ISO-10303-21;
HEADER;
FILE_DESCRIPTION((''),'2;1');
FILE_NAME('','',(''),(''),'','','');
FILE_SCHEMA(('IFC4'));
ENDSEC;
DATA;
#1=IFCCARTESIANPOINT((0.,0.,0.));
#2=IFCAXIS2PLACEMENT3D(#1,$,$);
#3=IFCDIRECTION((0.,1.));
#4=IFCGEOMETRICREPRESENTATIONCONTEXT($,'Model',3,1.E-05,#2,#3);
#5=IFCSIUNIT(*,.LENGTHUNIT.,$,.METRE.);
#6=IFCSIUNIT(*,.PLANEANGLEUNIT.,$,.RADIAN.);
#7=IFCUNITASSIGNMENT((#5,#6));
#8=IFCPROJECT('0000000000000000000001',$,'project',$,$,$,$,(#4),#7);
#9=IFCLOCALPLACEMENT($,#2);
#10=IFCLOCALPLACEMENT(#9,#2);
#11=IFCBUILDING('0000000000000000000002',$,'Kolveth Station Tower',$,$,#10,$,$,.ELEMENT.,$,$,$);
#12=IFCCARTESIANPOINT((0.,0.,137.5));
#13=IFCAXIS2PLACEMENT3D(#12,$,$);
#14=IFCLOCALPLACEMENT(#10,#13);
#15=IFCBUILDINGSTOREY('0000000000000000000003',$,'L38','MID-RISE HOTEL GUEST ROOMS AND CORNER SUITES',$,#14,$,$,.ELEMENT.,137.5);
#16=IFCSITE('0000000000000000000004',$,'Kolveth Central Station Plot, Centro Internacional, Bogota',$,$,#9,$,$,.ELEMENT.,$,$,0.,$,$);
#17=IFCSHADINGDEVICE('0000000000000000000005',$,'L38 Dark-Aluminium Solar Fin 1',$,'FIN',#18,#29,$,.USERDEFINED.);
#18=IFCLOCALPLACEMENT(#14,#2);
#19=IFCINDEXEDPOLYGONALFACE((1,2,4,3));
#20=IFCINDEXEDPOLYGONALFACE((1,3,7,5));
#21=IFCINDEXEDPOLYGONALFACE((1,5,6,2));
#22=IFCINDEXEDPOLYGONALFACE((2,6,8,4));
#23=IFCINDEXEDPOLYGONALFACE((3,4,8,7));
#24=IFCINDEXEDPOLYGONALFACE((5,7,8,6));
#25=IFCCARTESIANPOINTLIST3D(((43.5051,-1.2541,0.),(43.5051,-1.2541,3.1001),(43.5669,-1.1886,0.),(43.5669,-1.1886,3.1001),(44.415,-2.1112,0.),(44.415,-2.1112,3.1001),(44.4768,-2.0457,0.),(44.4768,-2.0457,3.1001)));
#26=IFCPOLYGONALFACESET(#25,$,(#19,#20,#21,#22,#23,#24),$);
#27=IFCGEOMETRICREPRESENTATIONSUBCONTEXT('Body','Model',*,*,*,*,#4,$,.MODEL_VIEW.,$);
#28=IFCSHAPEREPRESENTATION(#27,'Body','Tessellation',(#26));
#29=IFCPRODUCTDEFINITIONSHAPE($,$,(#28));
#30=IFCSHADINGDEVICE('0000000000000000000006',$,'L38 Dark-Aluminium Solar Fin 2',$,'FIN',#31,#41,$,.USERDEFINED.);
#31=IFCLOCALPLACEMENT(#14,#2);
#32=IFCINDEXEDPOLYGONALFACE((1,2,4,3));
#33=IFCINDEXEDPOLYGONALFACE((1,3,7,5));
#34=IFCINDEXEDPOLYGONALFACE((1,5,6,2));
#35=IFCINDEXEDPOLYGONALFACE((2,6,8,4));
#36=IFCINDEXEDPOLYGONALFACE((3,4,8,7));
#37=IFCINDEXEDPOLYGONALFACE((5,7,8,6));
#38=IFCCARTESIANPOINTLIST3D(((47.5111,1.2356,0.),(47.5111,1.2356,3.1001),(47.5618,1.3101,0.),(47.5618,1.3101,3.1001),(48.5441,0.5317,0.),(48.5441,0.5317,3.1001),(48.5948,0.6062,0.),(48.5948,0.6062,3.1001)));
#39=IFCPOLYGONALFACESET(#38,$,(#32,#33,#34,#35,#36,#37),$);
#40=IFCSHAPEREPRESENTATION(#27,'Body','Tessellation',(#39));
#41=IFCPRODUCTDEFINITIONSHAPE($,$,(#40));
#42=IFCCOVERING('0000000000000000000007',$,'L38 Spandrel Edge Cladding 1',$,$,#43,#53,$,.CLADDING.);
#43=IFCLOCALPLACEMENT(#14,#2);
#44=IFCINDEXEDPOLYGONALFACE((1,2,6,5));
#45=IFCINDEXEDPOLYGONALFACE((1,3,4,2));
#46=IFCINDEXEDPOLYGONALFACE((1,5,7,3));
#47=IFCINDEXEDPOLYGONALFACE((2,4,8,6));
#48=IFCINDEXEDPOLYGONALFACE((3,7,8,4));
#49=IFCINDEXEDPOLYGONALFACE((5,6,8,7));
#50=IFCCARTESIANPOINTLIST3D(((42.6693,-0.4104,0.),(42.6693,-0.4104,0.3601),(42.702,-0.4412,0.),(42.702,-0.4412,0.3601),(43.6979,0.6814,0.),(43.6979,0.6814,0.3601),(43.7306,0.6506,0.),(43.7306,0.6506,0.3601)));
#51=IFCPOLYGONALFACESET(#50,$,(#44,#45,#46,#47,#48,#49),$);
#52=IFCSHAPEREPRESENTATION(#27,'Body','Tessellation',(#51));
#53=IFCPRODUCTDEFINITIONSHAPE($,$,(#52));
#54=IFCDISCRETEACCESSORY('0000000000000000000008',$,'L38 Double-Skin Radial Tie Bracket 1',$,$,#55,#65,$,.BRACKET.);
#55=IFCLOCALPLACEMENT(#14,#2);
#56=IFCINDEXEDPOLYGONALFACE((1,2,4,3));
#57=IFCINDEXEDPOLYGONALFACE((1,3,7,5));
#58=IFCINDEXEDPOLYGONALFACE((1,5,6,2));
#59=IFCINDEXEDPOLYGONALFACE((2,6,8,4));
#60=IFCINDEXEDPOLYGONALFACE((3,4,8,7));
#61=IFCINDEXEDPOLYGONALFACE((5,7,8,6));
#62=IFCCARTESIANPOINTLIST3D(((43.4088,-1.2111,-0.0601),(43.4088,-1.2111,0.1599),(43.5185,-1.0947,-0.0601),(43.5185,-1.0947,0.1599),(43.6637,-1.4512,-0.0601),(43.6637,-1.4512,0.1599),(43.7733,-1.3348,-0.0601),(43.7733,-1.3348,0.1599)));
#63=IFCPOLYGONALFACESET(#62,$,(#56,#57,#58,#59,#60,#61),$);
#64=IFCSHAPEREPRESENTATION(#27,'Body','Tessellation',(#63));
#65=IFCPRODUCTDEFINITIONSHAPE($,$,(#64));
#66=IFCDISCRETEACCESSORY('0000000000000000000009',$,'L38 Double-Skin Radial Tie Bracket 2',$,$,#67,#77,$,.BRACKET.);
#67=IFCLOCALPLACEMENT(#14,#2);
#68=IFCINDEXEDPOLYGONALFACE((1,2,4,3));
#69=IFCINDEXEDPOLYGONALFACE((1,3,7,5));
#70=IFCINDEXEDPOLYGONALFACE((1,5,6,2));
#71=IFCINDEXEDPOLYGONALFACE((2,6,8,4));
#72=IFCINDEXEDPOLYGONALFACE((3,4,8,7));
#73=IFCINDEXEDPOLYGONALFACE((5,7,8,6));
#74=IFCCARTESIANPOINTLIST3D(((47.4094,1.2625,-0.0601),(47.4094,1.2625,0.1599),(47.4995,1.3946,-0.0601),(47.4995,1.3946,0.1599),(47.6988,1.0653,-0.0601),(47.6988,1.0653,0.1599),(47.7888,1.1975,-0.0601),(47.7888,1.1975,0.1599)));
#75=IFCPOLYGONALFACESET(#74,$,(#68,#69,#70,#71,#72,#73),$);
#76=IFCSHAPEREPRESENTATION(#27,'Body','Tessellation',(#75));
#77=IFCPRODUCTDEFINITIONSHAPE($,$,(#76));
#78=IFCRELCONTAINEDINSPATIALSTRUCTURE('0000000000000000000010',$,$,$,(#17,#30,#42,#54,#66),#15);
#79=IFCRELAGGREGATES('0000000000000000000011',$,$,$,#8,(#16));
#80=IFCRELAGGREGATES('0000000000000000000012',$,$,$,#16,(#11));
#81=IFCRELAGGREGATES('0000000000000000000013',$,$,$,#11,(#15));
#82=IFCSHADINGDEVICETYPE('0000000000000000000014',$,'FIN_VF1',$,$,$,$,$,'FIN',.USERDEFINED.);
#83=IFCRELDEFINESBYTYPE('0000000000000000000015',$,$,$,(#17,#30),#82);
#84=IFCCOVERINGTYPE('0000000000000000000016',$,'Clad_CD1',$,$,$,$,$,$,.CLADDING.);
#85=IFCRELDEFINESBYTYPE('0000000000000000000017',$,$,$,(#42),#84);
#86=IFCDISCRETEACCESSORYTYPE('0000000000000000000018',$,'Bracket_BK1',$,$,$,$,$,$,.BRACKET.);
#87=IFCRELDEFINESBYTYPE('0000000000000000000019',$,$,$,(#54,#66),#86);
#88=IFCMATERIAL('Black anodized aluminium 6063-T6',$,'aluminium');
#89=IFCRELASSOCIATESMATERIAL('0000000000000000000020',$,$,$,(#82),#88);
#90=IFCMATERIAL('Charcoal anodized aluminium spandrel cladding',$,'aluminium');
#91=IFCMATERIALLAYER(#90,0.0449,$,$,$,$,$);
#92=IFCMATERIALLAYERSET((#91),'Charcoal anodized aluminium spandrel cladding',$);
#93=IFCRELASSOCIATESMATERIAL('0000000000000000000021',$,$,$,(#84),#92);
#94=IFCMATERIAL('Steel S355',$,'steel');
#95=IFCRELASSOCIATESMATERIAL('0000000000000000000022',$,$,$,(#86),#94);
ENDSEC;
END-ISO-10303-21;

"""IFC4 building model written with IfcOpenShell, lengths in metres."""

from ifc_helpers import new_model, si_unit, direction, frame, origin, origin_2d, place, context, subcontext, project, spatial, rectangle, extrude, source, transform, mapped, material, layer, layer_set, type_object, element, save


model = new_model("IFC4")

# Units and contexts
model_context = context("Model", 3, precision=1e-05, world=origin(), true_north=direction((0.0, 1.0)))
body_context = subcontext(model_context, "Body", "Model", "MODEL_VIEW")
ifc_project = project(units=[si_unit("LENGTHUNIT", "METRE"), si_unit("PLANEANGLEUNIT", "RADIAN")], contexts=[model_context])

# Site, building, storey
site_placement = place(None, origin())
site = spatial("IfcSite", under=ifc_project, at=site_placement, Name="Kolveth Central Station Plot, Centro Internacional, Bogota", CompositionType="ELEMENT", RefElevation=0.0)
building_placement = place(site_placement, origin())
building = spatial("IfcBuilding", under=site, at=building_placement, Name="Kolveth Station Tower", CompositionType="ELEMENT")
storey_placement = place(building_placement, frame((0.0, 0.0, 137.5)))
storey = spatial("IfcBuildingStorey", under=building, at=storey_placement, Name="L38", Description="MID-RISE HOTEL GUEST ROOMS AND CORNER SUITES", CompositionType="ELEMENT", Elevation=137.5)

# Shared definitions
ifc_material_1 = material(Name="Steel S355", Category="steel")

# Shared definitions
ifc_material_2 = material(Name="Black anodized aluminium 6063-T6", Category="aluminium")

# Shading devices
shading_device_type = type_object("IfcShadingDeviceType", Name="FIN_VF1", ElementType="FIN", PredefinedType="USERDEFINED", material=ifc_material_2)
shared_shape_1 = source(origin(), body_context, "Body", "SweptSolid", [
    extrude(rectangle(XDim=1.25, YDim=0.0901, at=origin_2d()), origin(), (0.0, 0.0, 1.0), 3.1001),
])
for number, where, z_axis, x_axis, name in (
    (1, (43.991, -1.6499, 0.0), (0.0, 0.0, 1.0), (0.727892, -0.685691, 0.0), "L38 Dark-Aluminium Solar Fin 1"),
    (2, (48.053, 0.9209, 0.0), (0.0, 0.0, 1.0), (0.826393, -0.563093, 0.0), "L38 Dark-Aluminium Solar Fin 2"),
):
    element("IfcShadingDevice", number, at=place(storey_placement, frame(where, z_axis=z_axis, x_axis=x_axis)), inside=storey, type_object=shading_device_type, Name=name, ObjectType="FIN", PredefinedType="USERDEFINED", context=body_context, shape_type="MappedRepresentation", body=[
        mapped(shared_shape_1, transform((0.0, 0.0, 0.0), x_axis=(1.0, 0.0, 0.0), y_axis=(0.0, 1.0, 0.0), z_axis=(0.0, 0.0, 1.0), scale=1.0)),
    ])

# Covering
ifc_material_3 = material(Name="Charcoal anodized aluminium spandrel cladding", Category="aluminium")
ifc_layer_1 = layer(ifc_material_3, 0.0449)
ifc_layer_set_1 = layer_set([ifc_layer_1], Name="Charcoal anodized aluminium spandrel cladding")
covering_type = type_object("IfcCoveringType", Name="Clad_CD1", PredefinedType="CLADDING", material=ifc_layer_set_1)
shared_shape_2 = source(origin(), body_context, "Body", "SweptSolid", [
    extrude(rectangle(XDim=1.5, YDim=0.0449, at=origin_2d()), origin(), (0.0, 0.0, 1.0), 0.3601),
])
covering_placement = place(storey_placement, frame((43.2, 0.1201, 0.0), z_axis=(0.0, 0.0, 1.0), x_axis=(0.685691, 0.727892, 0.0)))
element("IfcCovering", 3, at=covering_placement, inside=storey, type_object=covering_type, Name="L38 Spandrel Edge Cladding 1", PredefinedType="CLADDING", context=body_context, shape_type="MappedRepresentation", body=[
    mapped(shared_shape_2, transform((0.0, 0.0, 0.0), x_axis=(1.0, 0.0, 0.0), y_axis=(0.0, 1.0, 0.0), z_axis=(0.0, 0.0, 1.0), scale=1.0)),
])

# Discrete accessories
discrete_accessory_type = type_object("IfcDiscreteAccessoryType", Name="Bracket_BK1", PredefinedType="BRACKET", material=ifc_material_1)
shared_shape_3 = source(origin(), body_context, "Body", "SweptSolid", [
    extrude(rectangle(XDim=0.3501, YDim=0.1599, at=origin_2d()), origin(), (0.0, 0.0, 1.0), 0.22),
])
for number, where, z_axis, x_axis, name in (
    (4, (43.5911, -1.2729, -0.0601), (0.0, 0.0, 1.0), (0.727892, -0.685691, 0.0), "L38 Double-Skin Radial Tie Bracket 1"),
    (5, (47.5991, 1.23, -0.0601), (0.0, 0.0, 1.0), (0.826393, -0.563093, 0.0), "L38 Double-Skin Radial Tie Bracket 2"),
):
    element("IfcDiscreteAccessory", number, at=place(storey_placement, frame(where, z_axis=z_axis, x_axis=x_axis)), inside=storey, type_object=discrete_accessory_type, Name=name, PredefinedType="BRACKET", context=body_context, shape_type="MappedRepresentation", body=[
        mapped(shared_shape_3, transform((0.0, 0.0, 0.0), x_axis=(1.0, 0.0, 0.0), y_axis=(0.0, 1.0, 0.0), z_axis=(0.0, 0.0, 1.0), scale=1.0)),
    ])

save(model, "model.ifc")
